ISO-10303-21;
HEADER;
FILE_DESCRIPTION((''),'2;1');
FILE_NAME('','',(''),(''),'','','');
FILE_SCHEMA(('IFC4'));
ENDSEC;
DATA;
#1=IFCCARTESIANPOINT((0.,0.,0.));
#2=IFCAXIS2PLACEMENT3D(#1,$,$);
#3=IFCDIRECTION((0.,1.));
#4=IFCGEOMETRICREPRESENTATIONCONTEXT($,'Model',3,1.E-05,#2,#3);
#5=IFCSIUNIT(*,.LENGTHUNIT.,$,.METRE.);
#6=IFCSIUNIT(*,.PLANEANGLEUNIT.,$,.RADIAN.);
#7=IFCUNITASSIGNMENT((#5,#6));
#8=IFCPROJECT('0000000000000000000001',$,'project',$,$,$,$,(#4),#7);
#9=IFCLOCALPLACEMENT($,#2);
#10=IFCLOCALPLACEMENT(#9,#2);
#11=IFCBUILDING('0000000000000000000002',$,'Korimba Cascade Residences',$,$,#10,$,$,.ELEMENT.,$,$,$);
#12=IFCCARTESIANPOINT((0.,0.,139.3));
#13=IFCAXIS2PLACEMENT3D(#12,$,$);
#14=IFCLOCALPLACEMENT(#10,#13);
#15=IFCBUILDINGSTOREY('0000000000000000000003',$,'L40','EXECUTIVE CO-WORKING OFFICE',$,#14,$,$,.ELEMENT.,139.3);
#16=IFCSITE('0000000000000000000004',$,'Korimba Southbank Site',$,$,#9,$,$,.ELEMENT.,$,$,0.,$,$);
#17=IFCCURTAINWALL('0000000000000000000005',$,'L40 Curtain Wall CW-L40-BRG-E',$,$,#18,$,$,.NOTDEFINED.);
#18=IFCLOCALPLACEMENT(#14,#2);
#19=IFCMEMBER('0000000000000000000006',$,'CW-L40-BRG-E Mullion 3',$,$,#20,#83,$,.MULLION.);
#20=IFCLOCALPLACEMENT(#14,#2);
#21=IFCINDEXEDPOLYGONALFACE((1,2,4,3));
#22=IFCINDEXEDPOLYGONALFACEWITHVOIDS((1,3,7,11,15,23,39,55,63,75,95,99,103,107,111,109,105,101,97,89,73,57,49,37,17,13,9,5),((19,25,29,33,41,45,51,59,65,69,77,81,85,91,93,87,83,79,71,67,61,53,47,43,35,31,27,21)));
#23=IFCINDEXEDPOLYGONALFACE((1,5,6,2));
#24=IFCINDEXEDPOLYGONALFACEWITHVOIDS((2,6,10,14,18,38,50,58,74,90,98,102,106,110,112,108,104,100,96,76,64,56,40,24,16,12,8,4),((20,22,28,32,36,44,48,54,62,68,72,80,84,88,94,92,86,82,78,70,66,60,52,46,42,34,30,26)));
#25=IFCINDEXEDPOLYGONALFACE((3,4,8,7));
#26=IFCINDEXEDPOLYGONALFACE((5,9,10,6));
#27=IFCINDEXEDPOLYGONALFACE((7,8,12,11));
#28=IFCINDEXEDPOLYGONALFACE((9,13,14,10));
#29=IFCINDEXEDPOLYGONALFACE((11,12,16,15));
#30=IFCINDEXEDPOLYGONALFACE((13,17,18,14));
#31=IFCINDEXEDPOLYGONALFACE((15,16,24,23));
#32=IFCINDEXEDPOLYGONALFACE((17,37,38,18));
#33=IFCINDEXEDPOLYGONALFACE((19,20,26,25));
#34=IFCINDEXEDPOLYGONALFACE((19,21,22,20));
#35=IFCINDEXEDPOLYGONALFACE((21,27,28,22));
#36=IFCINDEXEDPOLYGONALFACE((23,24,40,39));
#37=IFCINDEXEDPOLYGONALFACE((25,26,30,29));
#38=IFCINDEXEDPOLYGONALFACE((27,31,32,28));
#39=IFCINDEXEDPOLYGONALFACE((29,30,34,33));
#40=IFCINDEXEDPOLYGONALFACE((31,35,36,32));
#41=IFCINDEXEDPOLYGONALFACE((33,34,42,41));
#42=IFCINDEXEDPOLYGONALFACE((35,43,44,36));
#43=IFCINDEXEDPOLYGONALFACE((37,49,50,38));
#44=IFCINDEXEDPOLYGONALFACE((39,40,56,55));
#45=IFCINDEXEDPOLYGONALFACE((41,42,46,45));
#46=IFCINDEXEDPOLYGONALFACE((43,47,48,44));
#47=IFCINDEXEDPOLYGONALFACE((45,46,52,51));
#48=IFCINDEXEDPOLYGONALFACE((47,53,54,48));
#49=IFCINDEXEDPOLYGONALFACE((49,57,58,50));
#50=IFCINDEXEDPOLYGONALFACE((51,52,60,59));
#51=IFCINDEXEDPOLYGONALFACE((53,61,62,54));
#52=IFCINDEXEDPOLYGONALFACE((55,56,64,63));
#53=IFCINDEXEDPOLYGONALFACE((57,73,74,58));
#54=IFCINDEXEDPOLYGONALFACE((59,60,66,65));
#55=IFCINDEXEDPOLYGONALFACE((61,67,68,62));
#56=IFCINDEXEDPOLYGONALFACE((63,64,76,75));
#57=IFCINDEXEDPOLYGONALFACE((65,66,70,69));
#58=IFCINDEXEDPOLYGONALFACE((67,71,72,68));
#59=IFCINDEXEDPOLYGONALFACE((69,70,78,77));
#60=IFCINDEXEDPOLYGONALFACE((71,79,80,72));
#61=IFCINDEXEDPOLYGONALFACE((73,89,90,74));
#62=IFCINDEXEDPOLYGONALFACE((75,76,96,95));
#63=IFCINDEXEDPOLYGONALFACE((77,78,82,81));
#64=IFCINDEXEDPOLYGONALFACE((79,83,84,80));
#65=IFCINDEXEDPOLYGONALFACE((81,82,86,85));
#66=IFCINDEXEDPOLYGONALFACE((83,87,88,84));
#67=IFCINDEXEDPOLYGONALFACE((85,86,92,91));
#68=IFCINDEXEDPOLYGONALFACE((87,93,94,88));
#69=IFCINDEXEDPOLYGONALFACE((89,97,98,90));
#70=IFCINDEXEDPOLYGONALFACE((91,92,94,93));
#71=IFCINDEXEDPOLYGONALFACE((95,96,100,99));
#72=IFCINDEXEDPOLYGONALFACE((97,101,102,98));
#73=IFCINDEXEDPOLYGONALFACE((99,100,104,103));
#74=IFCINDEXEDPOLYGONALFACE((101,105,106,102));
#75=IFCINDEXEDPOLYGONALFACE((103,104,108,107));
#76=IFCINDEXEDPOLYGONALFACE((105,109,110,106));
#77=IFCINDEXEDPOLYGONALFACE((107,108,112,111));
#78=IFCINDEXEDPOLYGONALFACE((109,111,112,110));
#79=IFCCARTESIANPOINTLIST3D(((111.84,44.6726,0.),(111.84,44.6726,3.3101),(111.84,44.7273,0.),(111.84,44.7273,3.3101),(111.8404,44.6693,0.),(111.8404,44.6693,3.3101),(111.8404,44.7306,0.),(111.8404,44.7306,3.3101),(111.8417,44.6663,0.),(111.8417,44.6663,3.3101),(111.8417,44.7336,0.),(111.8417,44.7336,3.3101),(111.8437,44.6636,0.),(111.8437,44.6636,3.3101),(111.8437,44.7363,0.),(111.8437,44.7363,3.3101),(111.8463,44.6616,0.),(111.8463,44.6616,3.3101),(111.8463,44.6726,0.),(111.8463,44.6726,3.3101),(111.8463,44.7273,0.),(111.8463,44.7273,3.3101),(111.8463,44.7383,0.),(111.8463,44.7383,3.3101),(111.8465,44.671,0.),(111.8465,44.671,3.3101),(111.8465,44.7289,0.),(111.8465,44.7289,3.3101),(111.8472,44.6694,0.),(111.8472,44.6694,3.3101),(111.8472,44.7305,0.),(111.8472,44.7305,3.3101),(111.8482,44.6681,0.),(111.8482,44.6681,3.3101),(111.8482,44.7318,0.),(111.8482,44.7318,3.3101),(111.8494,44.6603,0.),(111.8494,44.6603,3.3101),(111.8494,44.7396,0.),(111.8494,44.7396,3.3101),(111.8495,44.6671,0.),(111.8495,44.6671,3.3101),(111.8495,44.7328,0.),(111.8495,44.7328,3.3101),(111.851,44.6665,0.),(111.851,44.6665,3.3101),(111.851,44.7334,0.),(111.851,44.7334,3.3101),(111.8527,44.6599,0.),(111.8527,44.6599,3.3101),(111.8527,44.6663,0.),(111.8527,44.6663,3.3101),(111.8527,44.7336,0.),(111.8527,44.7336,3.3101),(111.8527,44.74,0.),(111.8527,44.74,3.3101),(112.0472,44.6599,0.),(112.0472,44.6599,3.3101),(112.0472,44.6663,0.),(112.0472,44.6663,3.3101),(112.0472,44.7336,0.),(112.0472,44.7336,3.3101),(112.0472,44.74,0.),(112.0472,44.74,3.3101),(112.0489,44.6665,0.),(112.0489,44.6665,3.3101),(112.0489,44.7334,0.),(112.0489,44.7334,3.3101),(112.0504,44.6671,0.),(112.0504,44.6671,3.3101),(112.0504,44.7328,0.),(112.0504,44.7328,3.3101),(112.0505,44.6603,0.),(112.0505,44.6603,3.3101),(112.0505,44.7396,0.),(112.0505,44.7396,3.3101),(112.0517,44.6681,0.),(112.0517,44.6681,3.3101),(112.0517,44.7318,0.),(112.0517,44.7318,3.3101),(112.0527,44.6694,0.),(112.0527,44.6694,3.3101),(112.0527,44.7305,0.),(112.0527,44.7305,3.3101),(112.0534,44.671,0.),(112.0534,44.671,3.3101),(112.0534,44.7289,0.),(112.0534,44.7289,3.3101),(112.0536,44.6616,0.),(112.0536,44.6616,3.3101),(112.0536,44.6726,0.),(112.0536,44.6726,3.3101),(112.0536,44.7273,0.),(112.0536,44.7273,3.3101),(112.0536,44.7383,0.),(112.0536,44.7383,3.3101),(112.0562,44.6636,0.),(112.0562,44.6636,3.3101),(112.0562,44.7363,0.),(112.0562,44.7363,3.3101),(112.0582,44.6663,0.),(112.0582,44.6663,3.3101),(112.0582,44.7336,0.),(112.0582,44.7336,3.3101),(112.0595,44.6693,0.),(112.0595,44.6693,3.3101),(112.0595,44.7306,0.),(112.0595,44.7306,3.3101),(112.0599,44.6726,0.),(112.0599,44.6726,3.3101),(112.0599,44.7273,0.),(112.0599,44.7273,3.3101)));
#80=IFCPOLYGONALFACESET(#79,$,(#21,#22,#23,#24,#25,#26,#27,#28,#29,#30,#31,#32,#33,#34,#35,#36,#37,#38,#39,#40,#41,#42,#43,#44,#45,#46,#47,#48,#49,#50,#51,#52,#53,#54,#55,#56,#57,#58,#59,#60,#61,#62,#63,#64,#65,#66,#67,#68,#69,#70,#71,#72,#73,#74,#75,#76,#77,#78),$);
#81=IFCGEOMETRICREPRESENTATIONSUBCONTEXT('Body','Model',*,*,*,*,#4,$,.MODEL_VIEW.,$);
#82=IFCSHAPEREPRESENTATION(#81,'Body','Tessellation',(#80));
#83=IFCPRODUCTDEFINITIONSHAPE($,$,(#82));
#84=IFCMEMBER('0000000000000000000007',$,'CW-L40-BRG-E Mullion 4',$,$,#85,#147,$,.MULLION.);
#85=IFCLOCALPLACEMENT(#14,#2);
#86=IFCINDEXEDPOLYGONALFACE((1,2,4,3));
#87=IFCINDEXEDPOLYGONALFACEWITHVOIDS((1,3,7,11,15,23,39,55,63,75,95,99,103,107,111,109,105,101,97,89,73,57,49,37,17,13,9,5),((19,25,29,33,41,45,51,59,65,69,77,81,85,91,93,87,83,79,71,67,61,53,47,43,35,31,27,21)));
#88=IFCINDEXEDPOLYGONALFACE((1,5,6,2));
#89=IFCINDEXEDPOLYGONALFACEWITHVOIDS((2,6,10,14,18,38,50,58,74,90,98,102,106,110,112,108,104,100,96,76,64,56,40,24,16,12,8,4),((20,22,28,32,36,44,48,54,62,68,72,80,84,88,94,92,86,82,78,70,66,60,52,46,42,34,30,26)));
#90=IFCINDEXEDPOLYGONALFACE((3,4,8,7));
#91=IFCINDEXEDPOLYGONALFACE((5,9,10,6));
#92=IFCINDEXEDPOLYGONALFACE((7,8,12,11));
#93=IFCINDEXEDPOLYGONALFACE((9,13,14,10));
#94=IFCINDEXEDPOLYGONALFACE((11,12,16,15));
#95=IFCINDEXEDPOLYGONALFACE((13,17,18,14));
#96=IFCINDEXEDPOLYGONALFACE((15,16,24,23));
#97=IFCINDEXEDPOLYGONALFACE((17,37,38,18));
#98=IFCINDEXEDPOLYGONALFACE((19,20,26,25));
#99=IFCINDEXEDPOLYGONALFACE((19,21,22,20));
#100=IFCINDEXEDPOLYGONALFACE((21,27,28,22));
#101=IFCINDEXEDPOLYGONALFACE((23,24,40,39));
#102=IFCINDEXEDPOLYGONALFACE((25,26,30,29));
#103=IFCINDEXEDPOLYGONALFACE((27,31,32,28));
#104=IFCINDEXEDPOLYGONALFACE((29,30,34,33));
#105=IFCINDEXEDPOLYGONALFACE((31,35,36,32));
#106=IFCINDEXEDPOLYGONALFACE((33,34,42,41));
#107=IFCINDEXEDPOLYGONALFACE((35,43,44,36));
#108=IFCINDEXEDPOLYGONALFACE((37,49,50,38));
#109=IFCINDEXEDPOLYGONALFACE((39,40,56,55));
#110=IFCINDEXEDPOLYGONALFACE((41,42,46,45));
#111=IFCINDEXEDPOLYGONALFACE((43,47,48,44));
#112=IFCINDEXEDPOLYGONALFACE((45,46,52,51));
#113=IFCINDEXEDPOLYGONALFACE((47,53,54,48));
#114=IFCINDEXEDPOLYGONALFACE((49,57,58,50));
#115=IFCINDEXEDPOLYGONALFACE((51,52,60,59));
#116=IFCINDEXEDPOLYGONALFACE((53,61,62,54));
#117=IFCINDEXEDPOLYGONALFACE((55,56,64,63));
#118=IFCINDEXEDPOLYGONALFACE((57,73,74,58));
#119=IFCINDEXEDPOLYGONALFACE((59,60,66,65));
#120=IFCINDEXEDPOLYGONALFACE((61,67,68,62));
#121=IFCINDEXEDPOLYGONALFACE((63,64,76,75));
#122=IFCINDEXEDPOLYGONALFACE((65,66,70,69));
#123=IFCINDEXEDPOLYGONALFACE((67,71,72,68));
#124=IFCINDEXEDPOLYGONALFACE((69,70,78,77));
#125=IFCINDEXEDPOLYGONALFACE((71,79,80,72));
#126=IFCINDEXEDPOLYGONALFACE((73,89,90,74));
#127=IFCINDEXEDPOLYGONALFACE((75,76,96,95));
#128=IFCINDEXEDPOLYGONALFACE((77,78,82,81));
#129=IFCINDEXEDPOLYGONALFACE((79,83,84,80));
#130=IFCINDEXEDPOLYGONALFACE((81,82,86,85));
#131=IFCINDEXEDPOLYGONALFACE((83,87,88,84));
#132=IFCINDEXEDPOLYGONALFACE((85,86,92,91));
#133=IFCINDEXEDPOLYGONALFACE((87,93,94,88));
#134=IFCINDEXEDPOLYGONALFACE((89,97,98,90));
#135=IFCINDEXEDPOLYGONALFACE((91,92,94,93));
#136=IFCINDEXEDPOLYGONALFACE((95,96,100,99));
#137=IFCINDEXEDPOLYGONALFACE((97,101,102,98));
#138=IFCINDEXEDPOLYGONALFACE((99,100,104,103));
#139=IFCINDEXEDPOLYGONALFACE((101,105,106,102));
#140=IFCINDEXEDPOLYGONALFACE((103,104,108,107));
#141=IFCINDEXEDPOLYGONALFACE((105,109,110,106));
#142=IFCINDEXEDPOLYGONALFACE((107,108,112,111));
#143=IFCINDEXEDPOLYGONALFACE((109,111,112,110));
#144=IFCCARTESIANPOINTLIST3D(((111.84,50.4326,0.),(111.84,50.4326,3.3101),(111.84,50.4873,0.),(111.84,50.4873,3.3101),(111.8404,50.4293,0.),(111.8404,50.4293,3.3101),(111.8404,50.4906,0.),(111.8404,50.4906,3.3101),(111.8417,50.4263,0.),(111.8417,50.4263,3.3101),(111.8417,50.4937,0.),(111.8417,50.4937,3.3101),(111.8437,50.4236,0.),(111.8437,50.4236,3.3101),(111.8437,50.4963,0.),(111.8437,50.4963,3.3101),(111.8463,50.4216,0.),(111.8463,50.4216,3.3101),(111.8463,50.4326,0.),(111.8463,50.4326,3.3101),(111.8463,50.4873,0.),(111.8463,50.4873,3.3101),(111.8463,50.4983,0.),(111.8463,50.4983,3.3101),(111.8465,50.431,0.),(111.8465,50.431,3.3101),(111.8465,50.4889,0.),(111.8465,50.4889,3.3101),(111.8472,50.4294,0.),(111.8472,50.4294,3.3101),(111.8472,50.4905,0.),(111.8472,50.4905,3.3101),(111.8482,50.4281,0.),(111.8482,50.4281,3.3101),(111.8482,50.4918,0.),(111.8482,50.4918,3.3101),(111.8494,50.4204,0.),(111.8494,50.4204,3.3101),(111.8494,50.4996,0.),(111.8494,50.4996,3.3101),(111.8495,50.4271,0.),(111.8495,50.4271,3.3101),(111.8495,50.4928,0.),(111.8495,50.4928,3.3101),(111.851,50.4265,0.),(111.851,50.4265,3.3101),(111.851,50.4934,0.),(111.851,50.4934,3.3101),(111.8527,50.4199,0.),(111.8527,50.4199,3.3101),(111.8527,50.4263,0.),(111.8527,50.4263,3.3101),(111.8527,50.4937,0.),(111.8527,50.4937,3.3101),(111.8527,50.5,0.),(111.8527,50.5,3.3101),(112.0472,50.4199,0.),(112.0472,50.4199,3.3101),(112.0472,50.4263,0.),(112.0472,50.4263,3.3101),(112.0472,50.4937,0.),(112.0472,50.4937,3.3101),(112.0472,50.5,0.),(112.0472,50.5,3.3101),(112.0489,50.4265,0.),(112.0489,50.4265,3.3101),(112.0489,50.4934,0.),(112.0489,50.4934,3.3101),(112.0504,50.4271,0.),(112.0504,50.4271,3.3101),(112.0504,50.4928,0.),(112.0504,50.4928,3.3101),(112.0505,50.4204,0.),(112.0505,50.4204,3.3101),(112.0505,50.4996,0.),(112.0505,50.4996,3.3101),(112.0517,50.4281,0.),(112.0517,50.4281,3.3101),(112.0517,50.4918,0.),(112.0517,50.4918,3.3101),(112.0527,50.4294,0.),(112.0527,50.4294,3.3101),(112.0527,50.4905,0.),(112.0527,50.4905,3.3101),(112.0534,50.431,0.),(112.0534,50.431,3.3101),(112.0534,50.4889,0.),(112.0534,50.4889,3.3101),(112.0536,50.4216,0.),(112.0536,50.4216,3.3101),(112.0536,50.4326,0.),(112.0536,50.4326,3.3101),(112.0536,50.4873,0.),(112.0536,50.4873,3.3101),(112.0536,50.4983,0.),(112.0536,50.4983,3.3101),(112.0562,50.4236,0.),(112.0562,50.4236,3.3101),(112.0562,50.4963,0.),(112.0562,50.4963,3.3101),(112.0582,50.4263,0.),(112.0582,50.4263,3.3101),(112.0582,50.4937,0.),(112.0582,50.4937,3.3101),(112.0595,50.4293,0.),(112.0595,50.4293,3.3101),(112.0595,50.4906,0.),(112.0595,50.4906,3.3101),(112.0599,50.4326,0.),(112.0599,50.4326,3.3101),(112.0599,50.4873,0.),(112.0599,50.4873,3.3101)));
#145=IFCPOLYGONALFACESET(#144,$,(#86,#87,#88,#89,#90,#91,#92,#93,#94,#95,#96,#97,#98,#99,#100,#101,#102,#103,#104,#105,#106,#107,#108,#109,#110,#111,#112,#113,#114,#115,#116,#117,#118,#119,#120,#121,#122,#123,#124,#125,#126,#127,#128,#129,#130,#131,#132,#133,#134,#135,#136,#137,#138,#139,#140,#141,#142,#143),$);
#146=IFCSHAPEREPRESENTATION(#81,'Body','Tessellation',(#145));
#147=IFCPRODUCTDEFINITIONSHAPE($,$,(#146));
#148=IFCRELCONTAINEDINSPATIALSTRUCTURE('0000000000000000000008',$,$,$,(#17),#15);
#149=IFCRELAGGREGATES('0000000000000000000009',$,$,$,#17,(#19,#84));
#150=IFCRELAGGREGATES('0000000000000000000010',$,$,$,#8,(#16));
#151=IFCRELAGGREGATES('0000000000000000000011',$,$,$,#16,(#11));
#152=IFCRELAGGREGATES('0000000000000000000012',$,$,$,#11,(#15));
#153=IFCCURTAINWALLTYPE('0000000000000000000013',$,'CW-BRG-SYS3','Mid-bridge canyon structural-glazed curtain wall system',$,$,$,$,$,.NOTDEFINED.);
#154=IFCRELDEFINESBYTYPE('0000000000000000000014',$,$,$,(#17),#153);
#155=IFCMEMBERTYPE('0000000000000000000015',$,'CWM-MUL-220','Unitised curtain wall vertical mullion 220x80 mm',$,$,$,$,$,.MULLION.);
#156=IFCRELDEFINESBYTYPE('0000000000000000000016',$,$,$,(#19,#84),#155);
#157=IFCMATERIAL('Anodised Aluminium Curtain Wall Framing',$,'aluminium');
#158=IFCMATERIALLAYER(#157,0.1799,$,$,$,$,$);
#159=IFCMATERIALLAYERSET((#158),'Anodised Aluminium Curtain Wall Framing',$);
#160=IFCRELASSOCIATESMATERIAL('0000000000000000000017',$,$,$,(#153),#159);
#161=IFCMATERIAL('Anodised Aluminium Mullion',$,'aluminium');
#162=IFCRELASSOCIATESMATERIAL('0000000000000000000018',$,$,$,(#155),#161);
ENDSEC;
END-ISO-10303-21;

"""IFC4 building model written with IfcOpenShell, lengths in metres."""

from ifc_helpers import new_model, si_unit, direction, frame, origin, origin_2d, place, context, subcontext, project, spatial, hollow_rectangle, extrude, material, layer, layer_set, material_profile, profile_set, type_object, element, aggregate, save


model = new_model("IFC4")

# Units and contexts
model_context = context("Model", 3, precision=1e-05, world=origin(), true_north=direction((0.0, 1.0)))
body_context = subcontext(model_context, "Body", "Model", "MODEL_VIEW")
ifc_project = project(units=[si_unit("LENGTHUNIT", "METRE"), si_unit("PLANEANGLEUNIT", "RADIAN")], contexts=[model_context])

# Site, building, storey
site_placement = place(None, origin())
site = spatial("IfcSite", under=ifc_project, at=site_placement, Name="Korimba Southbank Site", CompositionType="ELEMENT", RefElevation=0.0)
building_placement = place(site_placement, origin())
building = spatial("IfcBuilding", under=site, at=building_placement, Name="Korimba Cascade Residences", CompositionType="ELEMENT")
storey_placement = place(building_placement, frame((0.0, 0.0, 139.3)))
storey = spatial("IfcBuildingStorey", under=building, at=storey_placement, Name="L40", Description="EXECUTIVE CO-WORKING OFFICE", CompositionType="ELEMENT", Elevation=139.3)

# Curtain wall, members
ifc_material_1 = material(Name="Anodised Aluminium Curtain Wall Framing", Category="aluminium")
ifc_layer_1 = layer(ifc_material_1, 0.1799)
ifc_layer_set_1 = layer_set([ifc_layer_1], Name="Anodised Aluminium Curtain Wall Framing")
curtain_wall_type = type_object("IfcCurtainWallType", Name="CW-BRG-SYS3", Description="Mid-bridge canyon structural-glazed curtain wall system", PredefinedType="NOTDEFINED", material=ifc_layer_set_1)
curtain_wall_placement = place(storey_placement, origin())
curtain_wall = element("IfcCurtainWall", 1, at=curtain_wall_placement, inside=storey, type_object=curtain_wall_type, Name="L40 Curtain Wall CW-L40-BRG-E", PredefinedType="NOTDEFINED")
ifc_material_2 = material(Name="Anodised Aluminium Mullion", Category="aluminium")
ifc_material_profile_1 = material_profile(ifc_material_2, hollow_rectangle(XDim=0.0801, YDim=0.22, WallThickness=0.0063, InnerFilletRadius=0.0063, OuterFilletRadius=0.0127, at=origin_2d()), Name="Anodised Aluminium Mullion")
ifc_profile_set_1 = profile_set([ifc_material_profile_1], Name="Anodised Aluminium Mullion")
member_type_1 = type_object("IfcMemberType", Name="CWM-MUL-220", Description="Unitised curtain wall vertical mullion 220x80 mm", PredefinedType="MULLION", material=ifc_profile_set_1)
member_1_placement = place(storey_placement, frame((111.95, 44.7, 0.0), z_axis=(0.0, 0.0, 1.0), x_axis=(0.0, 1.0, 0.0)))
member_1 = element("IfcMember", 2, at=member_1_placement, type_object=member_type_1, Name="CW-L40-BRG-E Mullion 3", PredefinedType="MULLION", context=body_context, shape_type="SweptSolid", body=[
    extrude(hollow_rectangle(XDim=0.0801, YDim=0.22, WallThickness=0.0063, InnerFilletRadius=0.0063, OuterFilletRadius=0.0127, at=origin_2d()), origin(), (0.0, 0.0, 1.0), 3.3101),
])
member_2_placement = place(storey_placement, frame((111.95, 50.46, 0.0), z_axis=(0.0, 0.0, 1.0), x_axis=(0.0, 1.0, 0.0)))
member_2 = element("IfcMember", 3, at=member_2_placement, type_object=member_type_1, Name="CW-L40-BRG-E Mullion 4", PredefinedType="MULLION", context=body_context, shape_type="SweptSolid", body=[
    extrude(hollow_rectangle(XDim=0.0801, YDim=0.22, WallThickness=0.0063, InnerFilletRadius=0.0063, OuterFilletRadius=0.0127, at=origin_2d()), origin(), (0.0, 0.0, 1.0), 3.3101),
])

aggregate(curtain_wall, [member_1, member_2])

save(model, "model.ifc")
